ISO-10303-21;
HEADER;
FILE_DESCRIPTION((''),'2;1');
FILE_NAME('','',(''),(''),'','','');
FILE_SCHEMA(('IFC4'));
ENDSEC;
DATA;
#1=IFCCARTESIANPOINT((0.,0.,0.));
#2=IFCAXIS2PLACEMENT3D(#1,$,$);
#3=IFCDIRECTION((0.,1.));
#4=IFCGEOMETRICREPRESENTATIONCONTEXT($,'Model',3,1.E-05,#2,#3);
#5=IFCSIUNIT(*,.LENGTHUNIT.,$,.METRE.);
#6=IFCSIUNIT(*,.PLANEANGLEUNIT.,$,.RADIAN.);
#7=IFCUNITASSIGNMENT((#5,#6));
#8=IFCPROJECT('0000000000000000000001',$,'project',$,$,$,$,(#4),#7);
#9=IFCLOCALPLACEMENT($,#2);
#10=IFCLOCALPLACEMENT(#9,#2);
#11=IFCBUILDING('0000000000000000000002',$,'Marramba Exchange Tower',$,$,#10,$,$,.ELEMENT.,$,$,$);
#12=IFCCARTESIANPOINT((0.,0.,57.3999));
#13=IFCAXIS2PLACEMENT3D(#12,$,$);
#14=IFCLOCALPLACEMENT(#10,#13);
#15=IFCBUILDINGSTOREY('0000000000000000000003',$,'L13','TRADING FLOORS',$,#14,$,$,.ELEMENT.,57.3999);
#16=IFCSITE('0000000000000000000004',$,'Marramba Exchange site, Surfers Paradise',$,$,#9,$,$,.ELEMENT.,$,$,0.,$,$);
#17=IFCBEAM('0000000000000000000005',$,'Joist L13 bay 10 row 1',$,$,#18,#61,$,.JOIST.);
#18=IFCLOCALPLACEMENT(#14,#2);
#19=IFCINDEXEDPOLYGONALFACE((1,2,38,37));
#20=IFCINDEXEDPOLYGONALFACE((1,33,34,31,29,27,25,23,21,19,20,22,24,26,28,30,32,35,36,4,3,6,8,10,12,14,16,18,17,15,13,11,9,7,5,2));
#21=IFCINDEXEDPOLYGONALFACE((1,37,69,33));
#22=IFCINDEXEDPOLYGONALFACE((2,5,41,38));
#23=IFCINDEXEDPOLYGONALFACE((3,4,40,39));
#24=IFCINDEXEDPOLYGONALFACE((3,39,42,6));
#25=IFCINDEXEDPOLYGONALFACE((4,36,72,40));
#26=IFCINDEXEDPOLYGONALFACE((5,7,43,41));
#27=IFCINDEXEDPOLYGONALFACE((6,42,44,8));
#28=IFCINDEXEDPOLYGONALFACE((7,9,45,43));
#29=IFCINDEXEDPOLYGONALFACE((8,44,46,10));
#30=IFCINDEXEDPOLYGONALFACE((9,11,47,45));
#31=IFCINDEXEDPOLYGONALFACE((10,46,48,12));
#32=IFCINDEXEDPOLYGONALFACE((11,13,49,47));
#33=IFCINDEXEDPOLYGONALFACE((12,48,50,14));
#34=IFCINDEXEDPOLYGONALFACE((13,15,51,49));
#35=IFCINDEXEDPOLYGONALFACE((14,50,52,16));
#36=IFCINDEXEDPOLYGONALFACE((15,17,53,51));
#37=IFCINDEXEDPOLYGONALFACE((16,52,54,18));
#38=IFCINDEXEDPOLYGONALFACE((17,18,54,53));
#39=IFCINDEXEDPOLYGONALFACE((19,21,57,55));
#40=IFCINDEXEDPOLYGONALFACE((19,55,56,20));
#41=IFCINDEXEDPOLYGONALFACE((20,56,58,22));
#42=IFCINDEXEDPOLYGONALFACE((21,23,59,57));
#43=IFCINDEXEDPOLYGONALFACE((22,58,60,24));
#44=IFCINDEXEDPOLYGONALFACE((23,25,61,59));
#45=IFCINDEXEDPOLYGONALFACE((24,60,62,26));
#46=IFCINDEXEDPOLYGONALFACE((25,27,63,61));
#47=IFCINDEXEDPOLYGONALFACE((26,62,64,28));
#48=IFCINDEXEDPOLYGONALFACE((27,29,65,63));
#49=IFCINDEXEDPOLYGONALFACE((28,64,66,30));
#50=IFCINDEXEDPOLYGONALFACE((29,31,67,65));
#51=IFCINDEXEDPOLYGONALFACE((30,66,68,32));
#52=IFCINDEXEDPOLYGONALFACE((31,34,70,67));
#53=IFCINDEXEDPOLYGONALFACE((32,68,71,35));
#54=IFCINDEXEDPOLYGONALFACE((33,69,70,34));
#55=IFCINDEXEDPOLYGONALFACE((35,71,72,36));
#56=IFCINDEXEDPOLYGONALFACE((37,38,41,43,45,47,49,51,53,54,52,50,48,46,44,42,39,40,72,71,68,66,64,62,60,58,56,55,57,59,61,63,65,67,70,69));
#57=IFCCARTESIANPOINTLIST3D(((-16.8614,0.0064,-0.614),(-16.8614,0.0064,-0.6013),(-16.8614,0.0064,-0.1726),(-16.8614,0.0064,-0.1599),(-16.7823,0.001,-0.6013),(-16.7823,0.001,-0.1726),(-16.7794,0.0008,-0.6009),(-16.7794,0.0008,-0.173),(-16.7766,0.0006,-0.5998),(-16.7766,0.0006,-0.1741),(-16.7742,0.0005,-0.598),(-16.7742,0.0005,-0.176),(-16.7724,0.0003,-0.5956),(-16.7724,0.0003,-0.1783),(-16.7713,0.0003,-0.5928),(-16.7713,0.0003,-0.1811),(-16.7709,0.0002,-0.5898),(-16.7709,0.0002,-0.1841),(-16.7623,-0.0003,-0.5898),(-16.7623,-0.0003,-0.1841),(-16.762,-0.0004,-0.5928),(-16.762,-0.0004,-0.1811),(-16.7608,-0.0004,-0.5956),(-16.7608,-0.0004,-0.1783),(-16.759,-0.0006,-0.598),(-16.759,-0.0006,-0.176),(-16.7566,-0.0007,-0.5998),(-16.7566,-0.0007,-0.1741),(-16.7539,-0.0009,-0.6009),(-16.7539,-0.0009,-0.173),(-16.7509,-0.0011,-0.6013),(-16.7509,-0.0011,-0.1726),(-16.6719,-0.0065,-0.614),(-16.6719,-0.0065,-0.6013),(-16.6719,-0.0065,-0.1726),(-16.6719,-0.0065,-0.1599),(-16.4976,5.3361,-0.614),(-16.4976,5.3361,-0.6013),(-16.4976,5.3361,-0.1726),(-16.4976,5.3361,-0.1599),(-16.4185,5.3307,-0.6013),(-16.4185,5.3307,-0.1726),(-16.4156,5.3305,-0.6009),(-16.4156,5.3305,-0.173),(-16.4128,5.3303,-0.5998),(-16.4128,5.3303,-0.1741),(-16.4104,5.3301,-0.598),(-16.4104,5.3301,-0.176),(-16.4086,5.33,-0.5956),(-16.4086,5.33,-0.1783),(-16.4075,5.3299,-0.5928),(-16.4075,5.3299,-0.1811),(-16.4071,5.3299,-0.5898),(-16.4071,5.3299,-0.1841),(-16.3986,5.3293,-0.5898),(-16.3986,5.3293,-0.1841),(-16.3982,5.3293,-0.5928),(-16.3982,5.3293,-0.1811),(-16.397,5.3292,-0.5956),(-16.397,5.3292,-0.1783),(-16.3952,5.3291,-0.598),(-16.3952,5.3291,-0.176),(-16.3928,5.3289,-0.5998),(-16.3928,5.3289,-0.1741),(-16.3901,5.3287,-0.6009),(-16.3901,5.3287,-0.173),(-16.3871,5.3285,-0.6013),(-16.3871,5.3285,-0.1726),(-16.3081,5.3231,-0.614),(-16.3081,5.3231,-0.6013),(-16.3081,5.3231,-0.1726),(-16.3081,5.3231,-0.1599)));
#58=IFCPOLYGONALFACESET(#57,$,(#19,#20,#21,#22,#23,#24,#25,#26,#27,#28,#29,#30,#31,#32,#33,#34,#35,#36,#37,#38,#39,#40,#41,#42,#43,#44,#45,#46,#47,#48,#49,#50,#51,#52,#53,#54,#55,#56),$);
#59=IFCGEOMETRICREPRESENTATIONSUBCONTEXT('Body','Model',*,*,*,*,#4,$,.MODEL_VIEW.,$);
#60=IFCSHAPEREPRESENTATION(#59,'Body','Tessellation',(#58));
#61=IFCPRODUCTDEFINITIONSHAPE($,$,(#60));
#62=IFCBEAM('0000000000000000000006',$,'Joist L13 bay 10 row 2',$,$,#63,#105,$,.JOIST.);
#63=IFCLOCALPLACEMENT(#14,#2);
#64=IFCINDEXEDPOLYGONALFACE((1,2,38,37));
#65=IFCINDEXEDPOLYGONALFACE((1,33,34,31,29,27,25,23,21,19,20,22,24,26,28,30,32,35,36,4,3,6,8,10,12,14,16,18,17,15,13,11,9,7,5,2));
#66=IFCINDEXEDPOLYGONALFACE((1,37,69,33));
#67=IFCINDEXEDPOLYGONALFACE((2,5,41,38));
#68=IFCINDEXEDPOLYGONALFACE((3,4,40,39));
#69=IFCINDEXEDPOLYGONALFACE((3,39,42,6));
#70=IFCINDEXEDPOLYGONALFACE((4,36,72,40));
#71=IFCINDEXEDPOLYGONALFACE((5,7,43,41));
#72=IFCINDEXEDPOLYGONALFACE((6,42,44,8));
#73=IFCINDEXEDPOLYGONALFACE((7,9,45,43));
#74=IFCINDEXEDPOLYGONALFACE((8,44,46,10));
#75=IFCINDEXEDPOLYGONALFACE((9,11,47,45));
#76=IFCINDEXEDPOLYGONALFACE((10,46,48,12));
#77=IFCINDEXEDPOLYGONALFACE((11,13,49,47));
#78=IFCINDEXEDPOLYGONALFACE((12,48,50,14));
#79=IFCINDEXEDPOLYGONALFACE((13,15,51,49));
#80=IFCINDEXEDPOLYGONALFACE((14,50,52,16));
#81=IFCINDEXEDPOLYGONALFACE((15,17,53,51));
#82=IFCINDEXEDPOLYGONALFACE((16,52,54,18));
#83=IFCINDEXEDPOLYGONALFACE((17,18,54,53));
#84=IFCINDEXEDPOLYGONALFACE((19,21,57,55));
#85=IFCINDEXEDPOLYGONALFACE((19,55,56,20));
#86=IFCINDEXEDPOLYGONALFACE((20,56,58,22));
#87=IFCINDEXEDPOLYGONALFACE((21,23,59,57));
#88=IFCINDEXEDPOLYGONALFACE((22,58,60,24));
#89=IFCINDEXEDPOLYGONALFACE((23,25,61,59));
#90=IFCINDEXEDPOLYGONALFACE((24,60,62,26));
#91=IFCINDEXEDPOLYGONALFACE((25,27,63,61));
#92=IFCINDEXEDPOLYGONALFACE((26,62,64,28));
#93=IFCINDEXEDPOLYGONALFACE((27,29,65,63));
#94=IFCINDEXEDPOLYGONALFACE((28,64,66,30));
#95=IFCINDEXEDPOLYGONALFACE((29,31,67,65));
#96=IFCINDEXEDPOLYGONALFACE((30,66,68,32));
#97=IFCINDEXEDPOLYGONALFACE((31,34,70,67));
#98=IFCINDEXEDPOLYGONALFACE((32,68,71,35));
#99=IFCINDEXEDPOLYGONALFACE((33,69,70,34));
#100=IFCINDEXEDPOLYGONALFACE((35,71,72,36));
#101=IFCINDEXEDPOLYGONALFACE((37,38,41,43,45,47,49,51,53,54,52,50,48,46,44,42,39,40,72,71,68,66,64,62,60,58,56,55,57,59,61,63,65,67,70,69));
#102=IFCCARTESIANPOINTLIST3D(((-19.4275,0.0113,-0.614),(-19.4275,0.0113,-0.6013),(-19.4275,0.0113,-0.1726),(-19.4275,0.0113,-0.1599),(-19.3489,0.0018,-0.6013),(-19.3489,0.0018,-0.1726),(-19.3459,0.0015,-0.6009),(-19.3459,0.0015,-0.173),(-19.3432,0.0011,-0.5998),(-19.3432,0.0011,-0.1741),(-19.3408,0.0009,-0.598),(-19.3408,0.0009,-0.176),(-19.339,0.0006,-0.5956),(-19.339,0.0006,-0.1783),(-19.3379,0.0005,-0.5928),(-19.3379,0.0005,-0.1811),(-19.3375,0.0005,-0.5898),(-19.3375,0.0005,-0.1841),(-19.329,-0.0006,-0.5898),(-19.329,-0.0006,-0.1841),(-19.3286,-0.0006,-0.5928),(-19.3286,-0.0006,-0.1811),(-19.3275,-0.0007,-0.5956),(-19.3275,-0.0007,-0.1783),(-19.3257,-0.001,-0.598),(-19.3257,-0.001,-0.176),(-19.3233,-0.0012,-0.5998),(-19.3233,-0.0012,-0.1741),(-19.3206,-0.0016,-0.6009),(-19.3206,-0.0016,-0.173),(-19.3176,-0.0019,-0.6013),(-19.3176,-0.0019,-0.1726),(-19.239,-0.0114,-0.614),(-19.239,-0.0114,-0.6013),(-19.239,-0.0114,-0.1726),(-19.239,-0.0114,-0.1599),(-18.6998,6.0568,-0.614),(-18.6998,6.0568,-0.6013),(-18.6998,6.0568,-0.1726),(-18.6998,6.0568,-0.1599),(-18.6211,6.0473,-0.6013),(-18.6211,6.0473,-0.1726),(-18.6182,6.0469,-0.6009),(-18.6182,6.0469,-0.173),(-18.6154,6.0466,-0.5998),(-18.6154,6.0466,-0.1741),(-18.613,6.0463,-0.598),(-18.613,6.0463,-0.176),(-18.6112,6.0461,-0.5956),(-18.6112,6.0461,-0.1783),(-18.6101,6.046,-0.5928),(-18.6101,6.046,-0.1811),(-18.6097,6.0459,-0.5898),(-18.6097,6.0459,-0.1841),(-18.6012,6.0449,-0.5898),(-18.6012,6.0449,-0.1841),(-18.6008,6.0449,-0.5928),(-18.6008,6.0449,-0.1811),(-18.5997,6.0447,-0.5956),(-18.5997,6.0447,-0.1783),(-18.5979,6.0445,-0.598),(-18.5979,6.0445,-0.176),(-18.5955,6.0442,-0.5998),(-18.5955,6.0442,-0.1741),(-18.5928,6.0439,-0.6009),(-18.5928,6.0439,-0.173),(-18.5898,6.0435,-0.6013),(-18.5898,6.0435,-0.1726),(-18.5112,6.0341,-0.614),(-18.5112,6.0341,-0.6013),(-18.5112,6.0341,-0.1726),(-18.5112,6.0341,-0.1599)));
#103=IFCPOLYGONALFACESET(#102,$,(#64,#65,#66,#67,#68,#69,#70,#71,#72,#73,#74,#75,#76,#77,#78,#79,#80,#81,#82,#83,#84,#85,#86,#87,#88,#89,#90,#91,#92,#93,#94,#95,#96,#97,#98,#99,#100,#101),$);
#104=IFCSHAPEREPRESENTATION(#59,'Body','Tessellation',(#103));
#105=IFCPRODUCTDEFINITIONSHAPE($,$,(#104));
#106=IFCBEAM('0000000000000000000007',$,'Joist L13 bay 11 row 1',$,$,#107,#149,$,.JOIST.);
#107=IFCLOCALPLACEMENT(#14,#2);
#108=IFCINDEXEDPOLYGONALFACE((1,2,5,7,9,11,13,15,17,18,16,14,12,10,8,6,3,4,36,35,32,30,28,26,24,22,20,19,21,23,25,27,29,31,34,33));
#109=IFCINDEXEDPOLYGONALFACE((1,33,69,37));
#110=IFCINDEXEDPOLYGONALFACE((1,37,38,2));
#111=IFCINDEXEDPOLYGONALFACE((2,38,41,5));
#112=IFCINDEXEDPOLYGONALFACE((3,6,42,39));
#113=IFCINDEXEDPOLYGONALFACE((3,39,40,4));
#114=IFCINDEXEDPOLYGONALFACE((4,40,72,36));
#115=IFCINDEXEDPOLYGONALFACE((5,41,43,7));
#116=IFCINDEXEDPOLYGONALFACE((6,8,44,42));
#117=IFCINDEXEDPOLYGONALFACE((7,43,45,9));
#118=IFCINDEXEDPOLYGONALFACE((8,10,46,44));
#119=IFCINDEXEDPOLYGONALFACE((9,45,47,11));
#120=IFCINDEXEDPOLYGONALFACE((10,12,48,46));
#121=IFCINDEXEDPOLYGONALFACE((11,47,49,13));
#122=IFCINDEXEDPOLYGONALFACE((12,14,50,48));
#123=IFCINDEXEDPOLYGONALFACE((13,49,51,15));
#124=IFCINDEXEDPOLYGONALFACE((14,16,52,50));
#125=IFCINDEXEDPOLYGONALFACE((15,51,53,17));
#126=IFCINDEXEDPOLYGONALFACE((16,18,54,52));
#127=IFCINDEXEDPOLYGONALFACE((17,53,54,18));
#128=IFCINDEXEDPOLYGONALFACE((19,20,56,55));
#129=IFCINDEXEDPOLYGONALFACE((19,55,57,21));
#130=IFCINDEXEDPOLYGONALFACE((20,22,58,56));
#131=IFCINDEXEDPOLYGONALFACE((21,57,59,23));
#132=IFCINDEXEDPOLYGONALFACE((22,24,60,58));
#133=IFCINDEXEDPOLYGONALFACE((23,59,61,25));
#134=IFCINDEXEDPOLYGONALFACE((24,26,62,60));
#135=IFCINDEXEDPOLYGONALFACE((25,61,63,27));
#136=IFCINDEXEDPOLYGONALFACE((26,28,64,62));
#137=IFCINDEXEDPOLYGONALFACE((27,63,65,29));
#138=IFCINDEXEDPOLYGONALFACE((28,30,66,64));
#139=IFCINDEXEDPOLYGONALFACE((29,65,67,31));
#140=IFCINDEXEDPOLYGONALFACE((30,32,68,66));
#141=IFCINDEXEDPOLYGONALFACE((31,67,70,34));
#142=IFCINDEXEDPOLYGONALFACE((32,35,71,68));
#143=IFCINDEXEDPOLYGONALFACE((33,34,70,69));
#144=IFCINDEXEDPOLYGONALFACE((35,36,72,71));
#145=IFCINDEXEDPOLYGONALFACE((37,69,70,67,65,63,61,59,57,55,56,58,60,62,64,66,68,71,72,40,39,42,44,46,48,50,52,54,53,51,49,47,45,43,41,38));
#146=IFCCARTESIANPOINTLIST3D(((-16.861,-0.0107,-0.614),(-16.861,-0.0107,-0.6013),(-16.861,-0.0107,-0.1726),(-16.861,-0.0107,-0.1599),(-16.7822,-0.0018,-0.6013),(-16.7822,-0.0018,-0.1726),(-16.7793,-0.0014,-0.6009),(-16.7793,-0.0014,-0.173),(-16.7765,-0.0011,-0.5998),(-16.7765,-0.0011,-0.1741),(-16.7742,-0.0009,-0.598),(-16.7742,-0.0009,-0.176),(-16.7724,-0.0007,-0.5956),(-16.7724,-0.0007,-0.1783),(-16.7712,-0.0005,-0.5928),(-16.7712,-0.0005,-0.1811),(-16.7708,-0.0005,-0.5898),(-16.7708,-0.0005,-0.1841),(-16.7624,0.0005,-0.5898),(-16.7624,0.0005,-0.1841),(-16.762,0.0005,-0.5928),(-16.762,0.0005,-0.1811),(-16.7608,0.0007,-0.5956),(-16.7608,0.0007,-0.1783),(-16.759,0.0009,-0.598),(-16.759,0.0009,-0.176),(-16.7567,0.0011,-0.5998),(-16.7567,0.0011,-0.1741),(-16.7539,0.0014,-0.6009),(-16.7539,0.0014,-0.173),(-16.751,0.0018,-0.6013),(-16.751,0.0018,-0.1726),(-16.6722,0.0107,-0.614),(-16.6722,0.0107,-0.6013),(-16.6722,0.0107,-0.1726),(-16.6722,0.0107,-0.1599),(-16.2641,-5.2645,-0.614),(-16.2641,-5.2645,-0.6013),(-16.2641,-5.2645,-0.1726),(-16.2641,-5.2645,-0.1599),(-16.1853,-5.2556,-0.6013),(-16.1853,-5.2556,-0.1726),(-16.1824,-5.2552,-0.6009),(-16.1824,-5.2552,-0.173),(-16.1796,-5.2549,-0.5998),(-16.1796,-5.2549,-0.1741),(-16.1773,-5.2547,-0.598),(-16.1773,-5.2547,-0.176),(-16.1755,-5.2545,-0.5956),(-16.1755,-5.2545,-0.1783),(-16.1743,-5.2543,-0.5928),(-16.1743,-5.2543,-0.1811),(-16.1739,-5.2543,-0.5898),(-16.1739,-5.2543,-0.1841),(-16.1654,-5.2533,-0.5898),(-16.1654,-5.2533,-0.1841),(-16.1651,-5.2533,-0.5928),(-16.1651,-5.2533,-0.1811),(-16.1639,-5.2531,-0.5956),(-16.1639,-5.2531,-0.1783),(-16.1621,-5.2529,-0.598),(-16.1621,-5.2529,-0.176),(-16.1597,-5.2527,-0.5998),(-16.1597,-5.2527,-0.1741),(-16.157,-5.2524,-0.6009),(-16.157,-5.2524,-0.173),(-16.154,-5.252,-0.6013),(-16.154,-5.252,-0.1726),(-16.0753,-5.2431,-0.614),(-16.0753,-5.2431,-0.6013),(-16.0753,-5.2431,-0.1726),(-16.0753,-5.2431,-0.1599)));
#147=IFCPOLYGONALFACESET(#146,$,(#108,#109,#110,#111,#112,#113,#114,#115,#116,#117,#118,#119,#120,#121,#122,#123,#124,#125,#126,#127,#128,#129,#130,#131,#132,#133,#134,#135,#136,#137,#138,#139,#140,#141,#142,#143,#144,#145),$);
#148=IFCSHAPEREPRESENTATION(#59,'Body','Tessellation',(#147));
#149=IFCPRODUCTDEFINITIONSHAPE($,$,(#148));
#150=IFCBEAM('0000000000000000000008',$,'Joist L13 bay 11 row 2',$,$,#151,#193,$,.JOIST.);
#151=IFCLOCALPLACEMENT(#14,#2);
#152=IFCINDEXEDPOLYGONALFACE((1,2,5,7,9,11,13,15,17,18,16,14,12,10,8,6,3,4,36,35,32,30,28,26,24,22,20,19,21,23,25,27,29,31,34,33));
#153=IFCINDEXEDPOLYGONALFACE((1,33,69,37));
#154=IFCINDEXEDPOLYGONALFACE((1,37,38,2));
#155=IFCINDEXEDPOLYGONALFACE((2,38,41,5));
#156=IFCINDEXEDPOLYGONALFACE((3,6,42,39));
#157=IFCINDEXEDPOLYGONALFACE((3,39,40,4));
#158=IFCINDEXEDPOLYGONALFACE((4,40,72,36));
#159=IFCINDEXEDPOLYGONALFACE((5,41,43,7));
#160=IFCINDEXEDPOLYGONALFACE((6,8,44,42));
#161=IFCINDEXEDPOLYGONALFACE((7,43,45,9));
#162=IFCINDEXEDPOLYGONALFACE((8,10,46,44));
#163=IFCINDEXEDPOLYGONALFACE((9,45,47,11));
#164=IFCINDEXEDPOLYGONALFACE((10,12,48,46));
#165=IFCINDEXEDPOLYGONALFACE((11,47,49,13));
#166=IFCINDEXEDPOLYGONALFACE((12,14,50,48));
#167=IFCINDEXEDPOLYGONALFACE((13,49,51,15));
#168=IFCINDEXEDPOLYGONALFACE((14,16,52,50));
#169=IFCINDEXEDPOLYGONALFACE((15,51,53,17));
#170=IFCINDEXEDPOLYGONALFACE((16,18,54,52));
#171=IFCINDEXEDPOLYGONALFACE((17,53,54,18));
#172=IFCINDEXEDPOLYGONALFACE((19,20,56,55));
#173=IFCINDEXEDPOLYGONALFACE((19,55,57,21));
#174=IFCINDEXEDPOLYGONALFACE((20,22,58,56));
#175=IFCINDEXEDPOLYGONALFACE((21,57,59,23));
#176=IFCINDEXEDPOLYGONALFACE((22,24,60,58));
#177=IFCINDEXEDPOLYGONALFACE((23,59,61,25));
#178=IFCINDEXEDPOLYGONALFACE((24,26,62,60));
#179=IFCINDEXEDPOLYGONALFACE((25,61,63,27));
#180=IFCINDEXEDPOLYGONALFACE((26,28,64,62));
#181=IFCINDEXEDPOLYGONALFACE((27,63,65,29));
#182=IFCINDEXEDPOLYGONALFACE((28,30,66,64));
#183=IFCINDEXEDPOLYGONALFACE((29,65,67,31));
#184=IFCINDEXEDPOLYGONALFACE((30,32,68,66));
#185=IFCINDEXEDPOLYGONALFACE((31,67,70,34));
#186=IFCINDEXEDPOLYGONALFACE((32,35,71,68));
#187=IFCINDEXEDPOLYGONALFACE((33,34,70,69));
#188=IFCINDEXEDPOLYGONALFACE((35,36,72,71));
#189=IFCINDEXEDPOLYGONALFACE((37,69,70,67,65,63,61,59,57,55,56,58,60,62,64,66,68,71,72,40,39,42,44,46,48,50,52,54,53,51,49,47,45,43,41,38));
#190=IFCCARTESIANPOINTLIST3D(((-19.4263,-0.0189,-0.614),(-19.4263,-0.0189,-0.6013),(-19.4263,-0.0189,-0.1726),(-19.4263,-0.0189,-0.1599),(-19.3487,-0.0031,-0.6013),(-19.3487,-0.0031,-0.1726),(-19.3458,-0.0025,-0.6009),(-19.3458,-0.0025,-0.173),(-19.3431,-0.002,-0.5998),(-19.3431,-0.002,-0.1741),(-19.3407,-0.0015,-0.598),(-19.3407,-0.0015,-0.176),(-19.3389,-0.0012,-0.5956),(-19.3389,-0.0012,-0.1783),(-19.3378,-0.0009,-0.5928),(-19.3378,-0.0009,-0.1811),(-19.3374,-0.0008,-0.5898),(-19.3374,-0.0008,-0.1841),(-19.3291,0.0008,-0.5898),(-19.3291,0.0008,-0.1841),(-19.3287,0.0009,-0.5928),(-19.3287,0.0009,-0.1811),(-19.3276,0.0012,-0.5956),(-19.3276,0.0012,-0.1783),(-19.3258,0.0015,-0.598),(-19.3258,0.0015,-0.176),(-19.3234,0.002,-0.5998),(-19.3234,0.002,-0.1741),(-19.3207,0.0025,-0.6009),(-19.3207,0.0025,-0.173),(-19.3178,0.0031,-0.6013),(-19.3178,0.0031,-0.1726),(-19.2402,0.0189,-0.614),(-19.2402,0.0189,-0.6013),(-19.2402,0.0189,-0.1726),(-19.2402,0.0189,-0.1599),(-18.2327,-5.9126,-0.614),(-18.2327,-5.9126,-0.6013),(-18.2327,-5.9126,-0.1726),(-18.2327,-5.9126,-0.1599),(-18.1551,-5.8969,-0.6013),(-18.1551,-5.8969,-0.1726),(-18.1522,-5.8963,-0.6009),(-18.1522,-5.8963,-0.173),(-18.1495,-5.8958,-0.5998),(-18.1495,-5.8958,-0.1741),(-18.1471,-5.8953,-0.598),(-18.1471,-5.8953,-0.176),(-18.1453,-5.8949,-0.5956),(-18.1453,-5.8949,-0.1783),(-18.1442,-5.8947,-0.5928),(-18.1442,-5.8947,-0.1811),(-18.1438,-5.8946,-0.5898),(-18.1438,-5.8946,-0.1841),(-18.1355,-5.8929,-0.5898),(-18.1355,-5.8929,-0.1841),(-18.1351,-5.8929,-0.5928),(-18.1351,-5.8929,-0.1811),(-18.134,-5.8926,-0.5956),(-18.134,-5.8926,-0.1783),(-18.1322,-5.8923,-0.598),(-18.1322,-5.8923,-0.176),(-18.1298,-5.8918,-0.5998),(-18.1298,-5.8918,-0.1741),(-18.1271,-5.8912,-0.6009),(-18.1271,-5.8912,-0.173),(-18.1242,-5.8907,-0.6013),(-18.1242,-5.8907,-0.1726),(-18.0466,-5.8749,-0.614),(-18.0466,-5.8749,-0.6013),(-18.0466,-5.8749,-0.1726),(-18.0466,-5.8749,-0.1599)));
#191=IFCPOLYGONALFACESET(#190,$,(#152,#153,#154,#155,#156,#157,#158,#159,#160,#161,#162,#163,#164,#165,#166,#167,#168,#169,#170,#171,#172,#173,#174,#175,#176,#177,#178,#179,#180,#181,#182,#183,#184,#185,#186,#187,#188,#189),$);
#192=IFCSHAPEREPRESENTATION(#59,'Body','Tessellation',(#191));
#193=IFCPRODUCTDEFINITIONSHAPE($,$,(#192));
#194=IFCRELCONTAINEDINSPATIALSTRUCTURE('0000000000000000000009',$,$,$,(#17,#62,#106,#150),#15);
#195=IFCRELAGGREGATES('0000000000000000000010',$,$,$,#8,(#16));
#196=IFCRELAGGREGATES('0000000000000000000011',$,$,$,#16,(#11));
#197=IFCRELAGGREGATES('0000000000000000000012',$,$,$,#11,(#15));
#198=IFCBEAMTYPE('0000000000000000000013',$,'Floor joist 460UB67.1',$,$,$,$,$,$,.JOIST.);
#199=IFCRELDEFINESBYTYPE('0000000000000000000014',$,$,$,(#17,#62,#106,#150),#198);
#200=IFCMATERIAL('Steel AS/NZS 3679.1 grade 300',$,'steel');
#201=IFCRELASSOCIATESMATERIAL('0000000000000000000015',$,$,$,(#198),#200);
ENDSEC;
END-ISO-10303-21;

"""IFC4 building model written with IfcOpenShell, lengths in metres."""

from ifc_helpers import new_model, si_unit, direction, frame, origin, origin_2d, place, context, subcontext, project, spatial, i_section, extrude, material, material_profile, profile_set, type_object, element, save


model = new_model("IFC4")

# Units and contexts
model_context = context("Model", 3, precision=1e-05, world=origin(), true_north=direction((0.0, 1.0)))
body_context = subcontext(model_context, "Body", "Model", "MODEL_VIEW")
ifc_project = project(units=[si_unit("LENGTHUNIT", "METRE"), si_unit("PLANEANGLEUNIT", "RADIAN")], contexts=[model_context])

# Site, building, storey
site_placement = place(None, origin())
site = spatial("IfcSite", under=ifc_project, at=site_placement, Name="Marramba Exchange site, Surfers Paradise", CompositionType="ELEMENT", RefElevation=0.0)
building_placement = place(site_placement, origin())
building = spatial("IfcBuilding", under=site, at=building_placement, Name="Marramba Exchange Tower", CompositionType="ELEMENT")
storey_placement = place(building_placement, frame((0.0, 0.0, 57.3999)))
storey = spatial("IfcBuildingStorey", under=building, at=storey_placement, Name="L13", Description="TRADING FLOORS", CompositionType="ELEMENT", Elevation=57.3999)

# Beams
ifc_material_1 = material(Name="Steel AS/NZS 3679.1 grade 300", Category="steel")
ifc_material_profile_1 = material_profile(ifc_material_1, i_section(OverallWidth=0.1899, OverallDepth=0.4541, WebThickness=0.0085, FlangeThickness=0.0127, FilletRadius=0.0115, at=origin_2d()), Name="460UB67.1")
ifc_profile_set_1 = profile_set([ifc_material_profile_1], Name="Steel AS/NZS 3679.1 grade 300")
beam_type_1 = type_object("IfcBeamType", Name="Floor joist 460UB67.1", PredefinedType="JOIST", material=ifc_profile_set_1)
beam_1_placement = place(storey_placement, frame((-16.4028, 5.3296, -0.387), z_axis=(-0.068096, -0.997679, 0.0), x_axis=(0.997679, -0.068096, 0.0)))
element("IfcBeam", 1, at=beam_1_placement, inside=storey, type_object=beam_type_1, Name="Joist L13 bay 10 row 1", PredefinedType="JOIST", context=body_context, shape_type="SweptSolid", body=[
    extrude(i_section(OverallWidth=0.1899, OverallDepth=0.4541, WebThickness=0.0085, FlangeThickness=0.0127, FilletRadius=0.0115, at=origin_2d()), origin(), (0.0, 0.0, 1.0), 5.342),
])
beam_2_placement = place(storey_placement, frame((-18.6055, 6.0454, -0.387), z_axis=(-0.119523, -0.992831, 0.0), x_axis=(0.992831, -0.119523, 0.0)))
element("IfcBeam", 2, at=beam_2_placement, inside=storey, type_object=beam_type_1, Name="Joist L13 bay 10 row 2", PredefinedType="JOIST", context=body_context, shape_type="SweptSolid", body=[
    extrude(i_section(OverallWidth=0.1899, OverallDepth=0.4541, WebThickness=0.0085, FlangeThickness=0.0127, FilletRadius=0.0115, at=origin_2d()), origin(), (0.0, 0.0, 1.0), 6.0891),
])
beam_3_placement = place(storey_placement, frame((-16.7666, 0.0, -0.387), z_axis=(0.112889, -0.993608, 0.0), x_axis=(0.993608, 0.112889, 0.0)))
element("IfcBeam", 3, at=beam_3_placement, inside=storey, type_object=beam_type_1, Name="Joist L13 bay 11 row 1", PredefinedType="JOIST", context=body_context, shape_type="SweptSolid", body=[
    extrude(i_section(OverallWidth=0.1899, OverallDepth=0.4541, WebThickness=0.0085, FlangeThickness=0.0127, FilletRadius=0.0115, at=origin_2d()), origin(), (0.0, 0.0, 1.0), 5.2876),
])
beam_4_placement = place(storey_placement, frame((-19.3333, 0.0, -0.387), z_axis=(0.198489, -0.980103, 0.0), x_axis=(0.980103, 0.198489, 0.0)))
element("IfcBeam", 4, at=beam_4_placement, inside=storey, type_object=beam_type_1, Name="Joist L13 bay 11 row 2", PredefinedType="JOIST", context=body_context, shape_type="SweptSolid", body=[
    extrude(i_section(OverallWidth=0.1899, OverallDepth=0.4541, WebThickness=0.0085, FlangeThickness=0.0127, FilletRadius=0.0115, at=origin_2d()), origin(), (0.0, 0.0, 1.0), 6.0134),
])

save(model, "model.ifc")
